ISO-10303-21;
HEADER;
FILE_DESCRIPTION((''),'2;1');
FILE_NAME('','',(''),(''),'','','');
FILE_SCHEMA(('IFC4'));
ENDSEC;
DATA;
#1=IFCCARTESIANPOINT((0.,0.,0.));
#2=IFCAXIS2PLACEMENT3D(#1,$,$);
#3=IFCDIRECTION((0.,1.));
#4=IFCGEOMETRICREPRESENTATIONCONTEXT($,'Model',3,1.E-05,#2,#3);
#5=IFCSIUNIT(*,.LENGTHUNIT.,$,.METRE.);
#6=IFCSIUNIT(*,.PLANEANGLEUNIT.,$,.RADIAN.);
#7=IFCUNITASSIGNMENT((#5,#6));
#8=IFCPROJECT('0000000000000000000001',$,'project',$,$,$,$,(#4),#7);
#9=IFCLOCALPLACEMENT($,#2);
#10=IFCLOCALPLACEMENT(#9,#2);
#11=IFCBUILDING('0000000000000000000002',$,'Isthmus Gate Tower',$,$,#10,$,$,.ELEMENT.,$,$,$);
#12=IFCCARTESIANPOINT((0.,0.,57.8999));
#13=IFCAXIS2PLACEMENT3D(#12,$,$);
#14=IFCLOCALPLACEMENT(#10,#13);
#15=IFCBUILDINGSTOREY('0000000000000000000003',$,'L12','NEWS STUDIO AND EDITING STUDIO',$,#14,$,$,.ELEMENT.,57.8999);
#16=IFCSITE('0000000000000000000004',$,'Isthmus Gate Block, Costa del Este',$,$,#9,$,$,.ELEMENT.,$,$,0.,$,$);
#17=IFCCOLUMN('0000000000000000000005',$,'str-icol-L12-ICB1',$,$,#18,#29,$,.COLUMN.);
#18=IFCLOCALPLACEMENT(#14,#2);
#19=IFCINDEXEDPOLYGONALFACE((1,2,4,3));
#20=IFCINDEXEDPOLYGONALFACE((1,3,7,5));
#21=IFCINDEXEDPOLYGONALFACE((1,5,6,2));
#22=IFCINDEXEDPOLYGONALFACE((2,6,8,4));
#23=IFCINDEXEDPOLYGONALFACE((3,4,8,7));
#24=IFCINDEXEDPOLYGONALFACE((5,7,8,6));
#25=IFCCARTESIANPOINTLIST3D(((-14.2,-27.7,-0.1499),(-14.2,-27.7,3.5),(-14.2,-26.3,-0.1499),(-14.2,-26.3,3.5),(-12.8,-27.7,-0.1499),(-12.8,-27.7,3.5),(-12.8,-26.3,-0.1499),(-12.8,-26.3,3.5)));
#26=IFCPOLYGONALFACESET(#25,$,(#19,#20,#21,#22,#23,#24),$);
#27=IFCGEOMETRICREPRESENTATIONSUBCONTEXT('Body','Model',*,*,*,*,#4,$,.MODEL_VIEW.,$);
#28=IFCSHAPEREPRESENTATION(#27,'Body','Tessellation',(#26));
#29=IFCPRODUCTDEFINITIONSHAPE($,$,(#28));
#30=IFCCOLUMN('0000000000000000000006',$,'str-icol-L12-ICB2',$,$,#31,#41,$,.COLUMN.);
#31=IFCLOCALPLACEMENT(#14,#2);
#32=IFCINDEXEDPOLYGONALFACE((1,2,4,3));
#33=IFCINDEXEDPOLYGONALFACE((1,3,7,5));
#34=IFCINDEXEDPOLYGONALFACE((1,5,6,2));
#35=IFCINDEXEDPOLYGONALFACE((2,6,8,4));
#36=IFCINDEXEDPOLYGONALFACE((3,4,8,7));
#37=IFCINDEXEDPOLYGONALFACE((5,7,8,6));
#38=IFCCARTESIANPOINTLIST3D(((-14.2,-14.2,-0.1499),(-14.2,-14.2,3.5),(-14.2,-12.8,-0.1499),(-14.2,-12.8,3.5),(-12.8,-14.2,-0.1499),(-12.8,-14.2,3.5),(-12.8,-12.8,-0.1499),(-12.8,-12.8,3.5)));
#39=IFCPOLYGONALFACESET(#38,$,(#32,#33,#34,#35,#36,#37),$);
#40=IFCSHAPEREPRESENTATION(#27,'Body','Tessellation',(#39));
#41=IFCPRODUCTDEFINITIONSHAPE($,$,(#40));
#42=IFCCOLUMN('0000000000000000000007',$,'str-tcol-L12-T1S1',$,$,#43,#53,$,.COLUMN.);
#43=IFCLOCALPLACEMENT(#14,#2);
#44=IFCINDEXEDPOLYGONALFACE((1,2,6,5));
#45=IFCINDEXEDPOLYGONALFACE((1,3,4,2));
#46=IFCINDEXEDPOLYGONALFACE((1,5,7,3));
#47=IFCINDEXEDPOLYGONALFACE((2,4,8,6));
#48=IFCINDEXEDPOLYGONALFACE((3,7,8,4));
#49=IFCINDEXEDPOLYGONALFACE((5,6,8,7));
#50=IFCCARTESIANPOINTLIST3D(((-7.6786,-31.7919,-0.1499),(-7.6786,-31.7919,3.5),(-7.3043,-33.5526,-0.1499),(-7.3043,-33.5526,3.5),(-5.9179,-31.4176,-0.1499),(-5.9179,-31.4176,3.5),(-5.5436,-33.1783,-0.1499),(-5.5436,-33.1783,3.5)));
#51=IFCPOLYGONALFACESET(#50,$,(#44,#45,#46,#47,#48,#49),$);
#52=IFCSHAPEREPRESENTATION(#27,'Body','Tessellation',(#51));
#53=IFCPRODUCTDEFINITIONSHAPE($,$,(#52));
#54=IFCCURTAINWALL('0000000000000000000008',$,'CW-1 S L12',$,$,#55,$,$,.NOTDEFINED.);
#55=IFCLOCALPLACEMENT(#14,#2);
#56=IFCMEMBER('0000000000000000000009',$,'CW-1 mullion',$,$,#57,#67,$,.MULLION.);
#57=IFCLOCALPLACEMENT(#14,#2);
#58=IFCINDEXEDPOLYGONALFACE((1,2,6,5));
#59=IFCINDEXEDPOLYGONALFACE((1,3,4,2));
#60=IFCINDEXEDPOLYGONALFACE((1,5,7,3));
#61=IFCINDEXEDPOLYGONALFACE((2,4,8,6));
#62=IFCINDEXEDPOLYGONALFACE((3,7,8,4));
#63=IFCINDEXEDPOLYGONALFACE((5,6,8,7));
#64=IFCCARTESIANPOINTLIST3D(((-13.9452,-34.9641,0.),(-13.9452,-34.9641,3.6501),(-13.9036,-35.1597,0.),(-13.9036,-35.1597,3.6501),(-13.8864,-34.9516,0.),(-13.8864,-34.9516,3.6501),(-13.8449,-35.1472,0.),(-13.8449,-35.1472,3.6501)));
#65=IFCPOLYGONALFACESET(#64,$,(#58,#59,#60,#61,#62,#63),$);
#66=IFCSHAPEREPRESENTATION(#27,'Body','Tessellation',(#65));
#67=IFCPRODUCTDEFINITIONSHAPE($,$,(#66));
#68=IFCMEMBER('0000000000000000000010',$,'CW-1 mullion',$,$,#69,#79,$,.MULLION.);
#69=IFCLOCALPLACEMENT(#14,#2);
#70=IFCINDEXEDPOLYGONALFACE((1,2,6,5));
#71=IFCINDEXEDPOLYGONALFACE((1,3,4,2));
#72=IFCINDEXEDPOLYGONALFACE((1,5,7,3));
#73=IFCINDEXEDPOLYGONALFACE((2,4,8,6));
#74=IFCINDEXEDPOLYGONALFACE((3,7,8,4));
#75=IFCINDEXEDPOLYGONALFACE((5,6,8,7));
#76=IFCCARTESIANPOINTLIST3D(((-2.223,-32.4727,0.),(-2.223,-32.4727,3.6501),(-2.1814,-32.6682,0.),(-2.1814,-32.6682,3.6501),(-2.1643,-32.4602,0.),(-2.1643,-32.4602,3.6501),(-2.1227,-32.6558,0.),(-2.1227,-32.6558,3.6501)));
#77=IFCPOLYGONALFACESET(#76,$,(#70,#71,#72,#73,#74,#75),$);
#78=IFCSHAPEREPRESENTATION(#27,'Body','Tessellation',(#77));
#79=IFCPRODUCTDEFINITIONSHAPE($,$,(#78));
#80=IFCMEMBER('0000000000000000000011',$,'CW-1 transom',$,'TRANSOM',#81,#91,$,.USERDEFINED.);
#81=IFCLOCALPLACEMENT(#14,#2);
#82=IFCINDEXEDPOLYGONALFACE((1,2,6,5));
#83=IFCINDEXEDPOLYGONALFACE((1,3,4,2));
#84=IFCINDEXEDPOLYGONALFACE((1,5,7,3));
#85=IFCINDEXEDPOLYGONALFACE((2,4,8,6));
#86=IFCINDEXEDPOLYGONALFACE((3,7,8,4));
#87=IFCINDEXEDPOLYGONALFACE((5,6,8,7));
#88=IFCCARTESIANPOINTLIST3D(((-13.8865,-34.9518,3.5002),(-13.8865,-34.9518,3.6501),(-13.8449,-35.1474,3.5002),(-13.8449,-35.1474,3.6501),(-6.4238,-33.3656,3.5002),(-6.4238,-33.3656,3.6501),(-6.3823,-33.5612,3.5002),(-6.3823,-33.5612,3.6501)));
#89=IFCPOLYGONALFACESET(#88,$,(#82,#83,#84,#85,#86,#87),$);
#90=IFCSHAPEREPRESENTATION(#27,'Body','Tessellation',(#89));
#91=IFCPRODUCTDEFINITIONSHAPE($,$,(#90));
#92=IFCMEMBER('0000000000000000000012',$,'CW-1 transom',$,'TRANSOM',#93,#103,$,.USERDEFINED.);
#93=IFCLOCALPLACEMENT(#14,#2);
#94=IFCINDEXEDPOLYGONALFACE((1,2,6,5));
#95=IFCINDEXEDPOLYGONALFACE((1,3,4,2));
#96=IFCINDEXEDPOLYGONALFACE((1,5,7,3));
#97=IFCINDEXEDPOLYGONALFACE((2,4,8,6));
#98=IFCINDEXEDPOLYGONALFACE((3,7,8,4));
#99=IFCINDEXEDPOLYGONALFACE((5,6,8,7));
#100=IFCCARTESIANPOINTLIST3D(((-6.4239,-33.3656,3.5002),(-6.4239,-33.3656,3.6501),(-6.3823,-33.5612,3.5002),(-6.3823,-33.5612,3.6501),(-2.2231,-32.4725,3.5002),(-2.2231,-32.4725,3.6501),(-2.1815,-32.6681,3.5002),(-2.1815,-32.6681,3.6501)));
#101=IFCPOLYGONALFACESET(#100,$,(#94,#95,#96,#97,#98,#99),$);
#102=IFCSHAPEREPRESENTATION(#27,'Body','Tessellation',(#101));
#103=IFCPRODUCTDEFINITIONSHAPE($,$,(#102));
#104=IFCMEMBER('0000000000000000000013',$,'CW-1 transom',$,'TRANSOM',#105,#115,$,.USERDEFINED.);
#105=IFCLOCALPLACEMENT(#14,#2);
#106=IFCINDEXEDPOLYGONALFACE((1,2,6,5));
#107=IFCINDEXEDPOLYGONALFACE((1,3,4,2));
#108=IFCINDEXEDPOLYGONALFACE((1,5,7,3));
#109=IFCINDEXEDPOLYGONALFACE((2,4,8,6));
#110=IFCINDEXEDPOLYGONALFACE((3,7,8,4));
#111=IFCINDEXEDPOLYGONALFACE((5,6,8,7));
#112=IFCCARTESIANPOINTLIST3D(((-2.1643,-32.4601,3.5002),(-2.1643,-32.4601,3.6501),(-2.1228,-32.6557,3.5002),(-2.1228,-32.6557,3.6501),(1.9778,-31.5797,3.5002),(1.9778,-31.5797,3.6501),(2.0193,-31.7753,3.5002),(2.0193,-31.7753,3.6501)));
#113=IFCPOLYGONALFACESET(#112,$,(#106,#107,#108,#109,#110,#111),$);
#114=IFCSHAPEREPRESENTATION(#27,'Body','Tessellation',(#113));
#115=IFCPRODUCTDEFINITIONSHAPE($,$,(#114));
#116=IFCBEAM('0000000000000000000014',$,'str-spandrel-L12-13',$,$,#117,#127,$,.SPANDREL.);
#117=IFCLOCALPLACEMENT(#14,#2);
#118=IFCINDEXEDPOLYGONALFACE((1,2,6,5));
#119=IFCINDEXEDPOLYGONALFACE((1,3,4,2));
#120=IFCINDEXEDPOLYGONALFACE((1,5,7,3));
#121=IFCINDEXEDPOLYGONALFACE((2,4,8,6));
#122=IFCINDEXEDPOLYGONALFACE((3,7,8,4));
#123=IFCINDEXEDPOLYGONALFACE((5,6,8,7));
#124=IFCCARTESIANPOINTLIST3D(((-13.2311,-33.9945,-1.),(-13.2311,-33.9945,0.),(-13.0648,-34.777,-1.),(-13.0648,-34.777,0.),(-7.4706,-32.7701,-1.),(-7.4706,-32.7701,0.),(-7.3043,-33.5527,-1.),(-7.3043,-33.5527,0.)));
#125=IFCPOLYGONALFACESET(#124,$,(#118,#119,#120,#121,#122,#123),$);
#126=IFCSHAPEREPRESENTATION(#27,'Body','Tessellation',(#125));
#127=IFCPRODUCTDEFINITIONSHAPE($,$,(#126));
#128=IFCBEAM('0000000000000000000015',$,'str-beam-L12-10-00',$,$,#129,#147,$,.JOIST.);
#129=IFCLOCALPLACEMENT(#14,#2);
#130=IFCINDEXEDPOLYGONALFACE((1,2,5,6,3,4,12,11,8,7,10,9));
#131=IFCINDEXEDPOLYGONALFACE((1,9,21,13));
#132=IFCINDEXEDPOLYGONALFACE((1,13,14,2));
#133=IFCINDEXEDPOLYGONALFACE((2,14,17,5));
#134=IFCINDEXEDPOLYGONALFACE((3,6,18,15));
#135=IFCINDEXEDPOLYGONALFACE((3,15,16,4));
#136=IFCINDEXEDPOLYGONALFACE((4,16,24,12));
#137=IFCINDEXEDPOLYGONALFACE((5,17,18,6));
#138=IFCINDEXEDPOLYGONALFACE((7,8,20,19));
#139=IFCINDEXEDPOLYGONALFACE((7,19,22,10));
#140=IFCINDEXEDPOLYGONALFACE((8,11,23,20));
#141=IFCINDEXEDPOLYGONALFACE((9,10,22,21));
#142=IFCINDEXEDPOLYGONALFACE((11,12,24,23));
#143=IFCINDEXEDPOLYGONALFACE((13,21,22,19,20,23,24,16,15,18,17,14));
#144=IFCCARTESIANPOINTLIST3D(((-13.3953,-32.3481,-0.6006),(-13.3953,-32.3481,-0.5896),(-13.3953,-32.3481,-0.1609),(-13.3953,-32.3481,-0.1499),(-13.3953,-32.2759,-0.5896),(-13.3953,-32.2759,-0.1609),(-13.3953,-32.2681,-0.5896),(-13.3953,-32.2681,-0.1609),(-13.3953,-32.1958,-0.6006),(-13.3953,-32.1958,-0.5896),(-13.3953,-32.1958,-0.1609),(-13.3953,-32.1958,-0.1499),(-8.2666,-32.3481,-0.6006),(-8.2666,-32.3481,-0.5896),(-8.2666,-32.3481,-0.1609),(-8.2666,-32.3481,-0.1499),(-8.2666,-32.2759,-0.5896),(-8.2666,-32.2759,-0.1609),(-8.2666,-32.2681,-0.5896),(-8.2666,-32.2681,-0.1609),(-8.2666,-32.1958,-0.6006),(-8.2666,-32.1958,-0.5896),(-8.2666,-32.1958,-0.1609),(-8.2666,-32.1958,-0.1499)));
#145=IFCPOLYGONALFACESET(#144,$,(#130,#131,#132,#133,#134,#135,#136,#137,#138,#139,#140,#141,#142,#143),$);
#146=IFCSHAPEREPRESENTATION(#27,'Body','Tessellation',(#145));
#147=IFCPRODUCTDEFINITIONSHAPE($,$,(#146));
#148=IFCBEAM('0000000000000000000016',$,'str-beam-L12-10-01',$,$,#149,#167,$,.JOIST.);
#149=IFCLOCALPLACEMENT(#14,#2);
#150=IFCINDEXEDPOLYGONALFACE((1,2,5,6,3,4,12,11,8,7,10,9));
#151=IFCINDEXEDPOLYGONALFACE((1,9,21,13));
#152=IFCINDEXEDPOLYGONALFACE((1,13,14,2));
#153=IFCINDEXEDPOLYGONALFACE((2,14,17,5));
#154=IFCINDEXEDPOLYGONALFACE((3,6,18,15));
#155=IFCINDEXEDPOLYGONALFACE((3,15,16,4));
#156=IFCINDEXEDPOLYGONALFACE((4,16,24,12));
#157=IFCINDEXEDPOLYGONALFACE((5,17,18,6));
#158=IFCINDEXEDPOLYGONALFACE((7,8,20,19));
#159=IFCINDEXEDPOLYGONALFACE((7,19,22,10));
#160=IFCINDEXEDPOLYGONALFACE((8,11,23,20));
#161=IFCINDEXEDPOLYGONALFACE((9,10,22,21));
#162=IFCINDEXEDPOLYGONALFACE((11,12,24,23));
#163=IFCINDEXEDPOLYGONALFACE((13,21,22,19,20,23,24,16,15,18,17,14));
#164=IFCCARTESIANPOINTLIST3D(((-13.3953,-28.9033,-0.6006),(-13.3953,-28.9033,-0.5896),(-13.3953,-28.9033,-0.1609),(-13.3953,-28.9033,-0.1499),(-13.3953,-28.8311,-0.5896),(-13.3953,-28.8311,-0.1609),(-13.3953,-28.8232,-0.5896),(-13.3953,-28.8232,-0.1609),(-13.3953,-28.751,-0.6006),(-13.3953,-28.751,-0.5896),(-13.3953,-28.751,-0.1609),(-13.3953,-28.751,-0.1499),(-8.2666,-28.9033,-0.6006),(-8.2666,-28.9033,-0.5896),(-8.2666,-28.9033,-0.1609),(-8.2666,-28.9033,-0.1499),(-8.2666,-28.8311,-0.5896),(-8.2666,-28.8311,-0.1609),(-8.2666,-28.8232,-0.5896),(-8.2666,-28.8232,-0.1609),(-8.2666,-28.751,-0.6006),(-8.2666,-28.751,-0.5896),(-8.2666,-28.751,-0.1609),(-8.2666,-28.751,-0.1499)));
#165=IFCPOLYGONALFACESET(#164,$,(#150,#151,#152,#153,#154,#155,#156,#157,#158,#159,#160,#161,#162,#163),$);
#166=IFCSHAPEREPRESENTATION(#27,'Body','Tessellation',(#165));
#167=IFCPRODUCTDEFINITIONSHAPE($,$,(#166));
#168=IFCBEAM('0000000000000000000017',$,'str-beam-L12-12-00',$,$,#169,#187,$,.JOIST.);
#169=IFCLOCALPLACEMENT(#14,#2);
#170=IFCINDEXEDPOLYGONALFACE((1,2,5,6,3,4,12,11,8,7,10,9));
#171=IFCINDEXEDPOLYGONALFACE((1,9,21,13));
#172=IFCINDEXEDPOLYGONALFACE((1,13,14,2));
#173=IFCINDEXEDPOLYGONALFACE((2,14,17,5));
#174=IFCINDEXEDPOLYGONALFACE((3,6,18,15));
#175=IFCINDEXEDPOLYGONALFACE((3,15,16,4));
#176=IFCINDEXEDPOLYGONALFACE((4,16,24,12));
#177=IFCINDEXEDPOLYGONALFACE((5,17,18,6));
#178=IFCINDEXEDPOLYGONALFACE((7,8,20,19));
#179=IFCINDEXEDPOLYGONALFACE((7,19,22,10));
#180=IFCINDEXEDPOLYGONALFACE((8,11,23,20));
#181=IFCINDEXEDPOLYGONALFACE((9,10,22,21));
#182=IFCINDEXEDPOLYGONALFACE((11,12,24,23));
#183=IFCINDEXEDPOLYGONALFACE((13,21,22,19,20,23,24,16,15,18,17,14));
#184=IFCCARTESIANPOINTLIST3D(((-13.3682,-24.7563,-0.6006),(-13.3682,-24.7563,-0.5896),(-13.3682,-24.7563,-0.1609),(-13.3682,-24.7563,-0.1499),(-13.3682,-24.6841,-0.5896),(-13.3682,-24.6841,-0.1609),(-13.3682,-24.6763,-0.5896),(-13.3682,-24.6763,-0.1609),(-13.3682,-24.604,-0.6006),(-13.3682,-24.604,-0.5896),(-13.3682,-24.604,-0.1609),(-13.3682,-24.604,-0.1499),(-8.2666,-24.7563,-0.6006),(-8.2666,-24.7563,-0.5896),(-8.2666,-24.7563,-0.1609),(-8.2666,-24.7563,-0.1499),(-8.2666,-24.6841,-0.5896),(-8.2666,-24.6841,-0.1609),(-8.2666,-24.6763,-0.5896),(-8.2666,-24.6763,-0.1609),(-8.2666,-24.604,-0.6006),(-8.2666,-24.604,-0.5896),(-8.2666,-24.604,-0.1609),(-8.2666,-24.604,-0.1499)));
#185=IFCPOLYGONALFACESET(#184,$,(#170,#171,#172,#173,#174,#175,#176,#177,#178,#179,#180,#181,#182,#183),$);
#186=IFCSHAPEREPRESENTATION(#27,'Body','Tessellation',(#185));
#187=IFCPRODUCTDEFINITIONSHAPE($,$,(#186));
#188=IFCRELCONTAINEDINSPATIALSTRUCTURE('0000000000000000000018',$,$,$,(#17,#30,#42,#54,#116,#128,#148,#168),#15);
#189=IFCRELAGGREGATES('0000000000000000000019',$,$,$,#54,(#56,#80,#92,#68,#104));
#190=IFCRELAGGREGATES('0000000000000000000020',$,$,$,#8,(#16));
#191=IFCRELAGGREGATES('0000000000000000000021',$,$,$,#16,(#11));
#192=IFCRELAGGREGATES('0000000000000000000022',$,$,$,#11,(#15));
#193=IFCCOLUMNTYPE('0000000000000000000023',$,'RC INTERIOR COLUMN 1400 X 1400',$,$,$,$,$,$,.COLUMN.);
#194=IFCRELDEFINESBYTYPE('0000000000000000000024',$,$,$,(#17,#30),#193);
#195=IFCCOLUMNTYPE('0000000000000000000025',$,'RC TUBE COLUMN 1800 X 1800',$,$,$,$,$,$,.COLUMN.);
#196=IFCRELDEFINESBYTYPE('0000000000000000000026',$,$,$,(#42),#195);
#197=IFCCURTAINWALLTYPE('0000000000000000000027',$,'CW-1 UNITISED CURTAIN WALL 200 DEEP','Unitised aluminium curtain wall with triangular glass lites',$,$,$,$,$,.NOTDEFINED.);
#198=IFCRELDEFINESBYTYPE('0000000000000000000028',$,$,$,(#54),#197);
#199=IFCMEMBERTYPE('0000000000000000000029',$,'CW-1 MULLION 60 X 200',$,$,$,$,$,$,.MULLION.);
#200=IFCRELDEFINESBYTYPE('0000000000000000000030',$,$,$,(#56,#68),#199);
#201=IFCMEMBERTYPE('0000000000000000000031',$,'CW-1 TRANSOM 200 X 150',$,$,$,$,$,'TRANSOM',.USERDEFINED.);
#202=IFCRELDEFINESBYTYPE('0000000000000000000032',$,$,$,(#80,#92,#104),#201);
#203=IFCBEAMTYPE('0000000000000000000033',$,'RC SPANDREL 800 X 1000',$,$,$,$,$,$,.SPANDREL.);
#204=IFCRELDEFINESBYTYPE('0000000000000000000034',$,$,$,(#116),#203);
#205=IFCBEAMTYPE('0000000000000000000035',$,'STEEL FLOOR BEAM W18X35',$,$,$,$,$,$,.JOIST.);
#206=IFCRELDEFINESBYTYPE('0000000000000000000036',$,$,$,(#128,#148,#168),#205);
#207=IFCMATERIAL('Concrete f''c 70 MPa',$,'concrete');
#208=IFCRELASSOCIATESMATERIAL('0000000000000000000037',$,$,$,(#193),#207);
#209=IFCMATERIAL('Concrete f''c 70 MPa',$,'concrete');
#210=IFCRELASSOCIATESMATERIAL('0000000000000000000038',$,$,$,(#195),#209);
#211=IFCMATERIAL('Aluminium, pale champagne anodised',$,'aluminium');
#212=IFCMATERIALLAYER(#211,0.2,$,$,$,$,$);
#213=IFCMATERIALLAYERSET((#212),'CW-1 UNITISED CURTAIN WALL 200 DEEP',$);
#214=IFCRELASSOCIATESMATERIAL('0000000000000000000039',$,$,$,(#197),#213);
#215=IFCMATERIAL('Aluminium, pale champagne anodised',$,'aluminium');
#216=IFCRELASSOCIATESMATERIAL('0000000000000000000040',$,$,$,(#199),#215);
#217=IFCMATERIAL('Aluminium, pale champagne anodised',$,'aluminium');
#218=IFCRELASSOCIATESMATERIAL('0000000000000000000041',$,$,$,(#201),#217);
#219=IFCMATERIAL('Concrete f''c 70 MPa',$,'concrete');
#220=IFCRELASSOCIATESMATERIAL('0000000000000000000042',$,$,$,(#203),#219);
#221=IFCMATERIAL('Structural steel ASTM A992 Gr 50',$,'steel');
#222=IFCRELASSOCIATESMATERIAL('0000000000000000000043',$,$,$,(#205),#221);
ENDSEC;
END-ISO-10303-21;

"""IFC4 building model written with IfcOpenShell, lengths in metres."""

from ifc_helpers import new_model, si_unit, direction, frame, origin, origin_2d, place, context, subcontext, project, spatial, rectangle, i_section, extrude, material, layer, layer_set, material_profile, profile_set, type_object, element, aggregate, save


model = new_model("IFC4")

# Units and contexts
model_context = context("Model", 3, precision=1e-05, world=origin(), true_north=direction((0.0, 1.0)))
body_context = subcontext(model_context, "Body", "Model", "MODEL_VIEW")
ifc_project = project(units=[si_unit("LENGTHUNIT", "METRE"), si_unit("PLANEANGLEUNIT", "RADIAN")], contexts=[model_context])

# Site, building, storey
site_placement = place(None, origin())
site = spatial("IfcSite", under=ifc_project, at=site_placement, Name="Isthmus Gate Block, Costa del Este", CompositionType="ELEMENT", RefElevation=0.0)
building_placement = place(site_placement, origin())
building = spatial("IfcBuilding", under=site, at=building_placement, Name="Isthmus Gate Tower", CompositionType="ELEMENT")
storey_placement = place(building_placement, frame((0.0, 0.0, 57.8999)))
storey = spatial("IfcBuildingStorey", under=building, at=storey_placement, Name="L12", Description="NEWS STUDIO AND EDITING STUDIO", CompositionType="ELEMENT", Elevation=57.8999)

# Columns
ifc_material_1 = material(Name="Concrete f'c 70 MPa", Category="concrete")
ifc_material_profile_1 = material_profile(ifc_material_1, rectangle(XDim=1.3999, YDim=1.3999, at=origin_2d()), Name="RC 1400X1400")
ifc_profile_set_1 = profile_set([ifc_material_profile_1], Name="Concrete f'c 70 MPa")
column_type_1 = type_object("IfcColumnType", Name="RC INTERIOR COLUMN 1400 X 1400", PredefinedType="COLUMN", material=ifc_profile_set_1)
for number, where, z_axis, x_axis, name in (
    (1, (-13.5, -27.0, -0.1499), (0.0, 0.0, 1.0), (1.0, 0.0, 0.0), "str-icol-L12-ICB1"),
    (2, (-13.5, -13.5, -0.1499), (0.0, 0.0, 1.0), (1.0, 0.0, 0.0), "str-icol-L12-ICB2"),
):
    element("IfcColumn", number, at=place(storey_placement, frame(where, z_axis=z_axis, x_axis=x_axis)), inside=storey, type_object=column_type_1, Name=name, PredefinedType="COLUMN", context=body_context, shape_type="SweptSolid", body=[
        extrude(rectangle(XDim=1.3999, YDim=1.3999, at=origin_2d()), origin(), (0.0, 0.0, 1.0), 3.6499),
    ])
ifc_material_2 = material(Name="Concrete f'c 70 MPa", Category="concrete")
ifc_material_profile_2 = material_profile(ifc_material_2, rectangle(XDim=1.8, YDim=1.8, at=origin_2d()), Name="RC 1800X1800")
ifc_profile_set_2 = profile_set([ifc_material_profile_2], Name="Concrete f'c 70 MPa")
column_type_2 = type_object("IfcColumnType", Name="RC TUBE COLUMN 1800 X 1800", PredefinedType="COLUMN", material=ifc_profile_set_2)
column_placement = place(storey_placement, frame((-6.6111, -32.4851, -0.1499), z_axis=(0.0, 0.0, 1.0), x_axis=(0.978148, 0.207912, 0.0)))
element("IfcColumn", 3, at=column_placement, inside=storey, type_object=column_type_2, Name="str-tcol-L12-T1S1", PredefinedType="COLUMN", context=body_context, shape_type="SweptSolid", body=[
    extrude(rectangle(XDim=1.8, YDim=1.8, at=origin_2d()), origin(), (0.0, 0.0, 1.0), 3.6499),
])

# Curtain wall, members
ifc_material_3 = material(Name="Aluminium, pale champagne anodised", Category="aluminium")
ifc_layer_1 = layer(ifc_material_3, 0.2)
ifc_layer_set_1 = layer_set([ifc_layer_1], Name="CW-1 UNITISED CURTAIN WALL 200 DEEP")
curtain_wall_type = type_object("IfcCurtainWallType", Name="CW-1 UNITISED CURTAIN WALL 200 DEEP", Description="Unitised aluminium curtain wall with triangular glass lites", PredefinedType="NOTDEFINED", material=ifc_layer_set_1)
curtain_wall_placement = place(storey_placement, origin())
curtain_wall = element("IfcCurtainWall", 4, at=curtain_wall_placement, inside=storey, type_object=curtain_wall_type, Name="CW-1 S L12", PredefinedType="NOTDEFINED")
ifc_material_4 = material(Name="Aluminium, pale champagne anodised", Category="aluminium")
ifc_material_profile_3 = material_profile(ifc_material_4, rectangle(XDim=0.0601, YDim=0.2, at=origin_2d()), Name="60x200")
ifc_profile_set_3 = profile_set([ifc_material_profile_3], Name="Aluminium, pale champagne anodised")
member_type_1 = type_object("IfcMemberType", Name="CW-1 MULLION 60 X 200", PredefinedType="MULLION", material=ifc_profile_set_3)
member_1_placement = place(storey_placement, frame((-13.895, -35.0557, 0.0), z_axis=(0.0, 0.0, 1.0), x_axis=(0.978148, 0.207912, 0.0)))
member_1 = element("IfcMember", 5, at=member_1_placement, type_object=member_type_1, Name="CW-1 mullion", PredefinedType="MULLION", context=body_context, shape_type="SweptSolid", body=[
    extrude(rectangle(XDim=0.0601, YDim=0.2, at=origin_2d()), origin(), (0.0, 0.0, 1.0), 3.6501),
])
member_2_placement = place(storey_placement, frame((-2.1729, -32.5642, 0.0), z_axis=(0.0, 0.0, 1.0), x_axis=(0.978148, 0.207912, 0.0)))
member_2 = element("IfcMember", 6, at=member_2_placement, type_object=member_type_1, Name="CW-1 mullion", PredefinedType="MULLION", context=body_context, shape_type="SweptSolid", body=[
    extrude(rectangle(XDim=0.0601, YDim=0.2, at=origin_2d()), origin(), (0.0, 0.0, 1.0), 3.6501),
])
ifc_material_5 = material(Name="Aluminium, pale champagne anodised", Category="aluminium")
ifc_material_profile_4 = material_profile(ifc_material_5, rectangle(XDim=0.2, YDim=0.1499, at=origin_2d()), Name="200x150")
ifc_profile_set_4 = profile_set([ifc_material_profile_4], Name="Aluminium, pale champagne anodised")
member_type_2 = type_object("IfcMemberType", Name="CW-1 TRANSOM 200 X 150", ElementType="TRANSOM", PredefinedType="USERDEFINED", material=ifc_profile_set_4)
member_3_placement = place(storey_placement, frame((-13.8657, -35.0496, 3.5752), z_axis=(0.978149, 0.207905, 0.0), x_axis=(-0.207905, 0.978149, 0.0)))
member_3 = element("IfcMember", 7, at=member_3_placement, type_object=member_type_2, Name="CW-1 transom", ObjectType="TRANSOM", PredefinedType="USERDEFINED", context=body_context, shape_type="SweptSolid", body=[
    extrude(rectangle(XDim=0.2, YDim=0.1499, at=origin_2d()), origin(), (0.0, 0.0, 1.0), 7.6294),
])
member_4_placement = place(storey_placement, frame((-6.4031, -33.4634, 3.5752), z_axis=(0.978139, 0.207953, 0.0), x_axis=(-0.207953, 0.978139, 0.0)))
member_4 = element("IfcMember", 8, at=member_4_placement, type_object=member_type_2, Name="CW-1 transom", ObjectType="TRANSOM", PredefinedType="USERDEFINED", context=body_context, shape_type="SweptSolid", body=[
    extrude(rectangle(XDim=0.2, YDim=0.1499, at=origin_2d()), origin(), (0.0, 0.0, 1.0), 4.2947),
])
member_5_placement = place(storey_placement, frame((-2.1436, -32.5579, 3.5752), z_axis=(0.97815, 0.207899, 0.0), x_axis=(-0.207899, 0.97815, 0.0)))
member_5 = element("IfcMember", 9, at=member_5_placement, type_object=member_type_2, Name="CW-1 transom", ObjectType="TRANSOM", PredefinedType="USERDEFINED", context=body_context, shape_type="SweptSolid", body=[
    extrude(rectangle(XDim=0.2, YDim=0.1499, at=origin_2d()), origin(), (0.0, 0.0, 1.0), 4.2346),
])

# Beams
ifc_material_6 = material(Name="Concrete f'c 70 MPa", Category="concrete")
ifc_material_profile_5 = material_profile(ifc_material_6, rectangle(XDim=0.8, YDim=1.0, at=origin_2d()), Name="RC 800X1000")
ifc_profile_set_5 = profile_set([ifc_material_profile_5], Name="Concrete f'c 70 MPa")
beam_type_1 = type_object("IfcBeamType", Name="RC SPANDREL 800 X 1000", PredefinedType="SPANDREL", material=ifc_profile_set_5)
beam_1_placement = place(storey_placement, frame((-7.3875, -33.1614, -0.5), z_axis=(-0.97815, -0.207901, 0.0), x_axis=(0.207901, -0.97815, 0.0)))
element("IfcBeam", 10, at=beam_1_placement, inside=storey, type_object=beam_type_1, Name="str-spandrel-L12-13", PredefinedType="SPANDREL", context=body_context, shape_type="SweptSolid", body=[
    extrude(rectangle(XDim=0.8, YDim=1.0, at=origin_2d()), origin(), (0.0, 0.0, 1.0), 5.8892),
])
ifc_material_7 = material(Name="Structural steel ASTM A992 Gr 50", Category="steel")
ifc_material_profile_6 = material_profile(ifc_material_7, i_section(OverallWidth=0.1523, OverallDepth=0.4507, WebThickness=0.0078, FlangeThickness=0.011, at=origin_2d()), Name="W18X35")
ifc_profile_set_6 = profile_set([ifc_material_profile_6], Name="Structural steel ASTM A992 Gr 50")
beam_type_2 = type_object("IfcBeamType", Name="STEEL FLOOR BEAM W18X35", PredefinedType="JOIST", material=ifc_profile_set_6)
for number, where, z_axis, x_axis, name in (
    (11, (-13.3953, -32.272, -0.3752), (1.0, 0.0, 0.0), (0.0, 1.0, 0.0), "str-beam-L12-10-00"),
    (12, (-13.3953, -28.8271, -0.3752), (1.0, 0.0, 0.0), (0.0, 1.0, 0.0), "str-beam-L12-10-01"),
):
    element("IfcBeam", number, at=place(storey_placement, frame(where, z_axis=z_axis, x_axis=x_axis)), inside=storey, type_object=beam_type_2, Name=name, PredefinedType="JOIST", context=body_context, shape_type="SweptSolid", body=[
        extrude(i_section(OverallWidth=0.1523, OverallDepth=0.4507, WebThickness=0.0078, FlangeThickness=0.011, at=origin_2d()), origin(), (0.0, 0.0, 1.0), 5.1287),
    ])
for number, where, z_axis, x_axis, name in (
    (13, (-13.3682, -24.6802, -0.3752), (1.0, 0.0, 0.0), (0.0, 1.0, 0.0), "str-beam-L12-12-00"),
):
    element("IfcBeam", number, at=place(storey_placement, frame(where, z_axis=z_axis, x_axis=x_axis)), inside=storey, type_object=beam_type_2, Name=name, PredefinedType="JOIST", context=body_context, shape_type="SweptSolid", body=[
        extrude(i_section(OverallWidth=0.1523, OverallDepth=0.4507, WebThickness=0.0078, FlangeThickness=0.011, at=origin_2d()), origin(), (0.0, 0.0, 1.0), 5.1016),
    ])

aggregate(curtain_wall, [member_1, member_3, member_4, member_2, member_5])

save(model, "model.ifc")
